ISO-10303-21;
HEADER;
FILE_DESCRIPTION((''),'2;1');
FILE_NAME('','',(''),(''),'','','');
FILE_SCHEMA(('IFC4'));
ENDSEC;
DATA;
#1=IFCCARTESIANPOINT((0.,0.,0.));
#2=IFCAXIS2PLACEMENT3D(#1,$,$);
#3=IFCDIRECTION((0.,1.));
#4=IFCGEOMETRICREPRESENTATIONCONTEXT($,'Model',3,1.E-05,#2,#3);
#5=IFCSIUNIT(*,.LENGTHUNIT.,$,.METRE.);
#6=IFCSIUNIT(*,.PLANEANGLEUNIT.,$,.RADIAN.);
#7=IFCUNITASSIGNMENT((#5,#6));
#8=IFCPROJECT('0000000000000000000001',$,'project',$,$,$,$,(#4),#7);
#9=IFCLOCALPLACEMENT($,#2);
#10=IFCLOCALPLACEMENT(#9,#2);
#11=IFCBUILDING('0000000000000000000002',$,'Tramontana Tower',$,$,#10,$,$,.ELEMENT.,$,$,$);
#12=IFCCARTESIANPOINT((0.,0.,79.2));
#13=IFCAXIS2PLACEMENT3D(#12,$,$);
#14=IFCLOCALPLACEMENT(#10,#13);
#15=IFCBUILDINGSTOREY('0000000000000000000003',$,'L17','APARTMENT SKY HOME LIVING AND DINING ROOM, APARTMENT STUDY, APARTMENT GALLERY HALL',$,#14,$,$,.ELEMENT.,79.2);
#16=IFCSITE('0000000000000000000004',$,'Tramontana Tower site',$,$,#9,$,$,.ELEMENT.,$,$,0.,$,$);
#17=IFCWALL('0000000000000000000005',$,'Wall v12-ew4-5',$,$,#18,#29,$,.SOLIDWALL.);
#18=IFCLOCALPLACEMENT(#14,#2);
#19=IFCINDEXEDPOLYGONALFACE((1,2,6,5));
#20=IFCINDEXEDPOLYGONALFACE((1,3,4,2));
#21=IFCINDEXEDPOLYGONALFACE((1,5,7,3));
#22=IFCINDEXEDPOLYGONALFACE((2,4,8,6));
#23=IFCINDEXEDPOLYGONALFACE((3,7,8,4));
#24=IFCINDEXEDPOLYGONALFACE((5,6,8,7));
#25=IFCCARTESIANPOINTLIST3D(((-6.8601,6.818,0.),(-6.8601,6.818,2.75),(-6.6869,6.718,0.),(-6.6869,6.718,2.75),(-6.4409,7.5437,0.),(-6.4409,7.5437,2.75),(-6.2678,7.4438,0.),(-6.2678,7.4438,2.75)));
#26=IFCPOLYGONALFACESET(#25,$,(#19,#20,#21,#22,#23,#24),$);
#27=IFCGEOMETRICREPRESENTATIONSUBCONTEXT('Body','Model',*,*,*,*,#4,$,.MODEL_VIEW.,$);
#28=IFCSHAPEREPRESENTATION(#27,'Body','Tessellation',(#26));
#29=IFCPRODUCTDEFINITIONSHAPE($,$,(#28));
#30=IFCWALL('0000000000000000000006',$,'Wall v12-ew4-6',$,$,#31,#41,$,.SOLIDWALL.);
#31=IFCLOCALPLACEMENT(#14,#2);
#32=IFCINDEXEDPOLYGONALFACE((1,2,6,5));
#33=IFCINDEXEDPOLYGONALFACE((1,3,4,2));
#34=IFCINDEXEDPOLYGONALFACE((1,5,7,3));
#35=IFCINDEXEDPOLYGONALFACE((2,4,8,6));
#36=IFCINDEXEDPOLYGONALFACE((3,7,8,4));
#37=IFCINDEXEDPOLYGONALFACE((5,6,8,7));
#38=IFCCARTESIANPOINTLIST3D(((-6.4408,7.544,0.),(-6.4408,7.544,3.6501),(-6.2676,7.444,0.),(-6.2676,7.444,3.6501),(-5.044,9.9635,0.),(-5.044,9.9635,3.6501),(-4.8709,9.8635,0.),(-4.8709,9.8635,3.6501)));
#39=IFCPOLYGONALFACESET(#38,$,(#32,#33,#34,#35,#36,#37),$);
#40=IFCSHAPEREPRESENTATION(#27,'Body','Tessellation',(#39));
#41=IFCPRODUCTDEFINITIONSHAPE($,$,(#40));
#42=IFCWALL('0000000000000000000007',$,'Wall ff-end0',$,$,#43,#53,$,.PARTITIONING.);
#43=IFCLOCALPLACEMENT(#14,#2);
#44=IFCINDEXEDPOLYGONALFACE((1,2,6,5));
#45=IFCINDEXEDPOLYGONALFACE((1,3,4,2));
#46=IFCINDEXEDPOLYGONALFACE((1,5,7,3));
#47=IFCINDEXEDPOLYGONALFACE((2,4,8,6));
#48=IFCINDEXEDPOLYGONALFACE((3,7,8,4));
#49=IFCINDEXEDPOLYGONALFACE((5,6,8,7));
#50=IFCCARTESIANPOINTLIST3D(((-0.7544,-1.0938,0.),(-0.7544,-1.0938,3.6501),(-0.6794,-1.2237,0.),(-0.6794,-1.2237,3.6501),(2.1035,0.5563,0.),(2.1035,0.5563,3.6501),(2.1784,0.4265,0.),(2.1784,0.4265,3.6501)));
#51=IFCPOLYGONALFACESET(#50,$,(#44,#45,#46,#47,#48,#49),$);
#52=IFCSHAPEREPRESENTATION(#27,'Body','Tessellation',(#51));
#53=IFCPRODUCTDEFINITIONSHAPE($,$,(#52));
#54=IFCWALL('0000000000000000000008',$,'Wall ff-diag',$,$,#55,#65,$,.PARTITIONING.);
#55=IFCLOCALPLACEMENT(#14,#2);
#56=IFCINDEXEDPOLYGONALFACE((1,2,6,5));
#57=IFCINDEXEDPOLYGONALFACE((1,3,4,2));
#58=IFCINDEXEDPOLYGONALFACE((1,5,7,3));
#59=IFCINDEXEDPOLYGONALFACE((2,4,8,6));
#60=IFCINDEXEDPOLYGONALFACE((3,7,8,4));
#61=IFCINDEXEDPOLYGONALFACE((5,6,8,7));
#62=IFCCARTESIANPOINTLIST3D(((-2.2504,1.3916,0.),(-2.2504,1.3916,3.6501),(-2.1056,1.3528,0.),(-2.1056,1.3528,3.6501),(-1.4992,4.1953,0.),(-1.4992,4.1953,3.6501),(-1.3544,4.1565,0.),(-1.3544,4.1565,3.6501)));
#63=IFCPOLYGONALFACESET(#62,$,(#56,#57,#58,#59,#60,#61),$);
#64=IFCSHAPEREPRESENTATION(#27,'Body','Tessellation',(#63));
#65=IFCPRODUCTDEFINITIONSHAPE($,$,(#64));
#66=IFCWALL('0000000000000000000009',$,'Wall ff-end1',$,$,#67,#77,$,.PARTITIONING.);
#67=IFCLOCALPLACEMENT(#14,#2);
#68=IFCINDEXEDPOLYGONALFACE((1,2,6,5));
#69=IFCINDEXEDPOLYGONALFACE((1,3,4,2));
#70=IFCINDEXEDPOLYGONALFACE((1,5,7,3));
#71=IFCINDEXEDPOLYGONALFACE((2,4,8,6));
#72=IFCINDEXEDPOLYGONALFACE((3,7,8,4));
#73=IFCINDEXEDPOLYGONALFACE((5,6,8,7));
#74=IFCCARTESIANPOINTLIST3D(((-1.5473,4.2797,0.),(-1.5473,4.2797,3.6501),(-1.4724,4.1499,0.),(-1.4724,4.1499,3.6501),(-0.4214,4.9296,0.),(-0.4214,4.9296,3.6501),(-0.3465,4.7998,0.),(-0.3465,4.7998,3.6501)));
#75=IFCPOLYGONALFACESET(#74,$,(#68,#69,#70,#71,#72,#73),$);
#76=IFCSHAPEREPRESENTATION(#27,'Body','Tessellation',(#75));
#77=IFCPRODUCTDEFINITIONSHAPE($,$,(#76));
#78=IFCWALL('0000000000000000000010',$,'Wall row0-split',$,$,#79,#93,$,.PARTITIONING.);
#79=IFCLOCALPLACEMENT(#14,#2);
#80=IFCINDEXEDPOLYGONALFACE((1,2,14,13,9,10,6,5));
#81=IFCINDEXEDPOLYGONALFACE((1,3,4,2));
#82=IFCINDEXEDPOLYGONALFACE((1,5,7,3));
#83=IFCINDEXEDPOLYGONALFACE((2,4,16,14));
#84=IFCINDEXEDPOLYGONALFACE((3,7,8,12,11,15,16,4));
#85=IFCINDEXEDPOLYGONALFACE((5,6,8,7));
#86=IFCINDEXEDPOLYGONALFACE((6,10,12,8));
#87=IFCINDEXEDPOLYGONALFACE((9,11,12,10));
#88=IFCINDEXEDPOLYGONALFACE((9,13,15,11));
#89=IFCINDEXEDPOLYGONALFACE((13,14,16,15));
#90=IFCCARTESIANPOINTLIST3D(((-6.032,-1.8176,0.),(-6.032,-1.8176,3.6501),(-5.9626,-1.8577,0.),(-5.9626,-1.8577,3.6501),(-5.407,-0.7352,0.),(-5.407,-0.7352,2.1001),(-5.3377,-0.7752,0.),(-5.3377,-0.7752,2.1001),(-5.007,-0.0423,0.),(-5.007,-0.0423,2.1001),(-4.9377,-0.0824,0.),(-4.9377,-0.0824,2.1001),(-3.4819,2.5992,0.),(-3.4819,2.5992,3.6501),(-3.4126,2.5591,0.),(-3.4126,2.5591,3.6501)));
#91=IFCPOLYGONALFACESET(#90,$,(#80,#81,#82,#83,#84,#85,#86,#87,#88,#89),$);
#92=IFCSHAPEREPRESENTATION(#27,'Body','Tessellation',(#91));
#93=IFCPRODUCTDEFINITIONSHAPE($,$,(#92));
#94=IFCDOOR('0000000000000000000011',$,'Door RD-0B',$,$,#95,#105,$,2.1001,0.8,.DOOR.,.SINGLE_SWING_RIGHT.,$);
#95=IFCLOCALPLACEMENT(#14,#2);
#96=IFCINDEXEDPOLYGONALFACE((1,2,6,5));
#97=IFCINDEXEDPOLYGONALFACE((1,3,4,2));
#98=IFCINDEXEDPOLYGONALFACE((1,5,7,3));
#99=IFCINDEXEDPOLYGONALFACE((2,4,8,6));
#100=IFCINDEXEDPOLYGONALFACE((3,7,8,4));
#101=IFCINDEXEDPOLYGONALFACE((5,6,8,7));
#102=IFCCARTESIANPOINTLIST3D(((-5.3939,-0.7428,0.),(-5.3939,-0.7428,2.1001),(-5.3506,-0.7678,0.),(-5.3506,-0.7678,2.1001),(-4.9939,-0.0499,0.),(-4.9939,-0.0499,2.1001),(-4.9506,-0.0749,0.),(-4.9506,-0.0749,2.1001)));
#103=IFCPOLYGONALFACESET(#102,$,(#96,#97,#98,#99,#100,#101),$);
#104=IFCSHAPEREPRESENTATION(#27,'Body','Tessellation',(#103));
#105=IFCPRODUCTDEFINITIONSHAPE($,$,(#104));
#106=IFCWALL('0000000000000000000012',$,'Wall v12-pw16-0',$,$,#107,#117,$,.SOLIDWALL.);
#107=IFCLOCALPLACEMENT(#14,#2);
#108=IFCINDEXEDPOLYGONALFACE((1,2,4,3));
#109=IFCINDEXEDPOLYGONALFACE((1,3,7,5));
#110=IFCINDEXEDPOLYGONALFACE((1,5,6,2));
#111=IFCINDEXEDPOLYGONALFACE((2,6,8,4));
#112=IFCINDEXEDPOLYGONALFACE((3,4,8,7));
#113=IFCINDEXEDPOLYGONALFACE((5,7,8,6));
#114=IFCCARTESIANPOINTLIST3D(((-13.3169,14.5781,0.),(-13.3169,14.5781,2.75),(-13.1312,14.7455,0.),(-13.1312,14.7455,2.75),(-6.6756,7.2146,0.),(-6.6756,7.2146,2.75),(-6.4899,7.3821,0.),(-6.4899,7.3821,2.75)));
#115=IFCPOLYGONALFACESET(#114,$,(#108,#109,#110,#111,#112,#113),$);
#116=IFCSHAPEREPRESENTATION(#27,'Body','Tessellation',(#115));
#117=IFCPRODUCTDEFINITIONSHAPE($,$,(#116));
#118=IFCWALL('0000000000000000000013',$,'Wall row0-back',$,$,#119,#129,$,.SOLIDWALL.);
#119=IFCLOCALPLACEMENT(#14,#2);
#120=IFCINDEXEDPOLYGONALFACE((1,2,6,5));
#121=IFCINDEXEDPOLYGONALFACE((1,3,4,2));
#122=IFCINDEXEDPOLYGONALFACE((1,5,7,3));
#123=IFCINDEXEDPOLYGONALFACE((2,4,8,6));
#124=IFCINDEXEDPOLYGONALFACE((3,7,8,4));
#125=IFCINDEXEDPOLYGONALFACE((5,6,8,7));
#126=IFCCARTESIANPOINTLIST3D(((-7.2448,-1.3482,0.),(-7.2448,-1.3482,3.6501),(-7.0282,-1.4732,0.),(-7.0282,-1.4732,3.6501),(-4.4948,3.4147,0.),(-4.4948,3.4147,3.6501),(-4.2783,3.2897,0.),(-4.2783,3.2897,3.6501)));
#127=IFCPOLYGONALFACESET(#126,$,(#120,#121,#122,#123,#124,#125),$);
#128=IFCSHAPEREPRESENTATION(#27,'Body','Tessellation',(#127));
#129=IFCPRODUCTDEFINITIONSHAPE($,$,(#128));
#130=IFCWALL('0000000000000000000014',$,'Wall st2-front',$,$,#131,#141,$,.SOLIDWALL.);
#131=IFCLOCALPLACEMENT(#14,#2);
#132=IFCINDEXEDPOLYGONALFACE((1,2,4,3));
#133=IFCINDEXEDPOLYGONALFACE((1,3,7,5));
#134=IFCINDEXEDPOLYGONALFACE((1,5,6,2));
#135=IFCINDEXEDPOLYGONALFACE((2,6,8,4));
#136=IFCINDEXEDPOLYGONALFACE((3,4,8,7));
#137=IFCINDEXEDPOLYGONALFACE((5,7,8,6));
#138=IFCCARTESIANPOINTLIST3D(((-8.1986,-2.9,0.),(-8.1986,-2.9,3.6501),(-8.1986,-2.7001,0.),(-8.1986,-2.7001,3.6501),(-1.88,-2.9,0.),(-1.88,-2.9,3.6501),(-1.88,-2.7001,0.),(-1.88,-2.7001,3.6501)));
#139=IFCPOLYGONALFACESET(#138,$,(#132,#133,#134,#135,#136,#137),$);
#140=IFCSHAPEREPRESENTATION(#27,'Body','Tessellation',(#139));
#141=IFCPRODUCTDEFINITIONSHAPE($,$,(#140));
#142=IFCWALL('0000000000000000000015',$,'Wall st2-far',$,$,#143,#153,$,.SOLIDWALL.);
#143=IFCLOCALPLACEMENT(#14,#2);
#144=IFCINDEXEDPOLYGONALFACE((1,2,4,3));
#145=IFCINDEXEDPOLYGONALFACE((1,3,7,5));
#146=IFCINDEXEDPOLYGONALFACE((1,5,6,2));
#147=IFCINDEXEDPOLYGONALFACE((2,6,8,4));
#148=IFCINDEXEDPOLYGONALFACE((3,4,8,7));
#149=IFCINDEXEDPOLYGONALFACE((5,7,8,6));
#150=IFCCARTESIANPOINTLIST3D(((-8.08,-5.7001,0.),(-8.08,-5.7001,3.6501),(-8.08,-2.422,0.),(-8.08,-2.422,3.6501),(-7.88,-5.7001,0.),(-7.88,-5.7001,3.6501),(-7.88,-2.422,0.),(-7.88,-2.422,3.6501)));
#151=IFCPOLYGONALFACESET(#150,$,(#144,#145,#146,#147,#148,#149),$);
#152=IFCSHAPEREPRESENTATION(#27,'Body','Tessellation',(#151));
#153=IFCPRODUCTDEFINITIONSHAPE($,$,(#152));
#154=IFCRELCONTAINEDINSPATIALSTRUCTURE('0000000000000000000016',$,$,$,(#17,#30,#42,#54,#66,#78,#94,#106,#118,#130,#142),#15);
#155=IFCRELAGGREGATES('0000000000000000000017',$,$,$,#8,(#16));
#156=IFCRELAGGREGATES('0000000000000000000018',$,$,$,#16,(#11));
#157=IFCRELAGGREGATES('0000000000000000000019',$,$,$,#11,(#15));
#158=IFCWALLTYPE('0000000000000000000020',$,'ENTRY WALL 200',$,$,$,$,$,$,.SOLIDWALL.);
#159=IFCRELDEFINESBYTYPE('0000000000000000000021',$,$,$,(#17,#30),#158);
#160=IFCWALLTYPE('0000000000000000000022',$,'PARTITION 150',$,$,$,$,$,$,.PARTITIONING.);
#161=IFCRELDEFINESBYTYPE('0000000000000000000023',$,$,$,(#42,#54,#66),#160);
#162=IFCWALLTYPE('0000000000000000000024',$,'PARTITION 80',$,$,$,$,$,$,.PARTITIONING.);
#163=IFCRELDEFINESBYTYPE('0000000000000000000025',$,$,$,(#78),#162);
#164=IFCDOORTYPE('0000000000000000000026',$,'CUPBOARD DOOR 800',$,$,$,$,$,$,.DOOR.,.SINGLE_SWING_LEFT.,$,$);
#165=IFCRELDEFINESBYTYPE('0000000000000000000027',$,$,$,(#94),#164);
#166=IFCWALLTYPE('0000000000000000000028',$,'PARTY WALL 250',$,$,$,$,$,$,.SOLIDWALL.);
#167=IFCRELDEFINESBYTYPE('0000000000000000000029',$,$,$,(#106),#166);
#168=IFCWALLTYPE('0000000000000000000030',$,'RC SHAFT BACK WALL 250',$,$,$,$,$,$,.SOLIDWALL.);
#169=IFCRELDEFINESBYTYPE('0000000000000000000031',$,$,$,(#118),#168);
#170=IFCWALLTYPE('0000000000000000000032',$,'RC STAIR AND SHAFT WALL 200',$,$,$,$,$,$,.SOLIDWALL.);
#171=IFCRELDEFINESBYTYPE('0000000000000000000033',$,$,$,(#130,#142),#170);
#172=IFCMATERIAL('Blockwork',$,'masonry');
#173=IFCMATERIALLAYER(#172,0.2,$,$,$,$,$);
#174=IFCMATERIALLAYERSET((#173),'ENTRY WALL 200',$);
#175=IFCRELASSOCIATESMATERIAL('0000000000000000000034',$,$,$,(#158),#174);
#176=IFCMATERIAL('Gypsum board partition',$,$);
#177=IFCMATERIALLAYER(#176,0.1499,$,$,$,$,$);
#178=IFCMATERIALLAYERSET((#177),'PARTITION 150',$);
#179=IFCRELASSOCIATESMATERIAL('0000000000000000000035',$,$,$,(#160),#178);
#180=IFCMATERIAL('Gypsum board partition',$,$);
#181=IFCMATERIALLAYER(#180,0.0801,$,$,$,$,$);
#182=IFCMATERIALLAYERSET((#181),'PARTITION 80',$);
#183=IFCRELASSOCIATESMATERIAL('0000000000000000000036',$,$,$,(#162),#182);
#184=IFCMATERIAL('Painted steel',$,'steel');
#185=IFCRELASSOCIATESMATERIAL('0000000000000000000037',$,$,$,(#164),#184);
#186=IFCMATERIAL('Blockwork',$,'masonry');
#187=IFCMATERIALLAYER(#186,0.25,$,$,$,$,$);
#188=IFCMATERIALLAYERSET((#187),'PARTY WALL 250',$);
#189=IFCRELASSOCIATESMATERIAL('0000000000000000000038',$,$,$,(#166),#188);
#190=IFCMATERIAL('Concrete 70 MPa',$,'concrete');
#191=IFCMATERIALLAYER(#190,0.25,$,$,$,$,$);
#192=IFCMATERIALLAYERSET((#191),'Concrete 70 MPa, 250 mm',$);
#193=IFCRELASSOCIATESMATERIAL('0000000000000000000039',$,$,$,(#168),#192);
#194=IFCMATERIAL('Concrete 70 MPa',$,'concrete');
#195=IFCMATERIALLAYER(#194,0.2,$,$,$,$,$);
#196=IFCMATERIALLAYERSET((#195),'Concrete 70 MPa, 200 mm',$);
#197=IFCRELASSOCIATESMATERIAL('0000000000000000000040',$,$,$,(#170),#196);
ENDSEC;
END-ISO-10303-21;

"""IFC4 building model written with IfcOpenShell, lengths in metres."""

from ifc_helpers import new_model, si_unit, direction, frame, frame_2d, origin, place, context, subcontext, project, spatial, rectangle, extrude, material, layer, layer_set, type_object, element, fill, save


model = new_model("IFC4")

# Units and contexts
model_context = context("Model", 3, precision=1e-05, world=origin(), true_north=direction((0.0, 1.0)))
body_context = subcontext(model_context, "Body", "Model", "MODEL_VIEW")
ifc_project = project(units=[si_unit("LENGTHUNIT", "METRE"), si_unit("PLANEANGLEUNIT", "RADIAN")], contexts=[model_context])

# Site, building, storey
site_placement = place(None, origin())
site = spatial("IfcSite", under=ifc_project, at=site_placement, Name="Tramontana Tower site", CompositionType="ELEMENT", RefElevation=0.0)
building_placement = place(site_placement, origin())
building = spatial("IfcBuilding", under=site, at=building_placement, Name="Tramontana Tower", CompositionType="ELEMENT")
storey_placement = place(building_placement, frame((0.0, 0.0, 79.2)))
storey = spatial("IfcBuildingStorey", under=building, at=storey_placement, Name="L17", Description="APARTMENT SKY HOME LIVING AND DINING ROOM, APARTMENT STUDY, APARTMENT GALLERY HALL", CompositionType="ELEMENT", Elevation=79.2)

# Walls
ifc_material_1 = material(Name="Blockwork", Category="masonry")
ifc_layer_1 = layer(ifc_material_1, 0.2)
ifc_layer_set_1 = layer_set([ifc_layer_1], Name="ENTRY WALL 200")
wall_type_1 = type_object("IfcWallType", Name="ENTRY WALL 200", PredefinedType="SOLIDWALL", material=ifc_layer_set_1)
wall_1_placement = place(storey_placement, frame((-6.7734, 6.7681, 0.0), z_axis=(0.0, 0.0, 1.0), x_axis=(0.500117, 0.865958, 0.0)))
element("IfcWall", 1, at=wall_1_placement, inside=storey, type_object=wall_type_1, Name="Wall v12-ew4-5", PredefinedType="SOLIDWALL", context=body_context, shape_type="SweptSolid", body=[
    extrude(rectangle(XDim=0.8381, YDim=0.2, at=frame_2d((0.4189, 0.0))), origin(), (0.0, 0.0, 1.0), 2.75),
])
wall_2_placement = place(storey_placement, frame((-6.3542, 7.4939, 0.0), z_axis=(0.0, 0.0, 1.0), x_axis=(0.499965, 0.866046, 0.0)))
element("IfcWall", 2, at=wall_2_placement, inside=storey, type_object=wall_type_1, Name="Wall v12-ew4-6", PredefinedType="SOLIDWALL", context=body_context, shape_type="SweptSolid", body=[
    extrude(rectangle(XDim=2.7937, YDim=0.2, at=frame_2d((1.397, 0.0))), origin(), (0.0, 0.0, 1.0), 3.6501),
])

# Shared definitions
ifc_material_2 = material(Name="Gypsum board partition")
ifc_layer_2 = layer(ifc_material_2, 0.1499)
ifc_layer_set_2 = layer_set([ifc_layer_2], Name="PARTITION 150")
wall_type_2 = type_object("IfcWallType", Name="PARTITION 150", PredefinedType="PARTITIONING", material=ifc_layer_set_2)

# Walls
wall_3_placement = place(storey_placement, frame((-0.7168, -1.1587, 0.0), z_axis=(0.0, 0.0, 1.0), x_axis=(0.866008, 0.50003, 0.0)))
element("IfcWall", 3, at=wall_3_placement, inside=storey, type_object=wall_type_2, Name="Wall ff-end0", PredefinedType="PARTITIONING", context=body_context, shape_type="SweptSolid", body=[
    extrude(rectangle(XDim=3.3, YDim=0.1499, at=frame_2d((1.6499, 0.0))), origin(), (0.0, 0.0, 1.0), 3.6501),
])
wall_4_placement = place(storey_placement, frame((-2.178, 1.3723, 0.0), z_axis=(0.0, 0.0, 1.0), x_axis=(0.258809, 0.965929, 0.0)))
element("IfcWall", 4, at=wall_4_placement, inside=storey, type_object=wall_type_2, Name="Wall ff-diag", PredefinedType="PARTITIONING", context=body_context, shape_type="SweptSolid", body=[
    extrude(rectangle(XDim=2.9026, YDim=0.1499, at=frame_2d((1.4512, 0.0))), origin(), (0.0, 0.0, 1.0), 3.6501),
])
wall_5_placement = place(storey_placement, frame((-1.5098, 4.2148, 0.0), z_axis=(0.0, 0.0, 1.0), x_axis=(0.866086, 0.499896, 0.0)))
element("IfcWall", 5, at=wall_5_placement, inside=storey, type_object=wall_type_2, Name="Wall ff-end1", PredefinedType="PARTITIONING", context=body_context, shape_type="SweptSolid", body=[
    extrude(rectangle(XDim=1.3, YDim=0.1499, at=frame_2d((0.6499, 0.0))), origin(), (0.0, 0.0, 1.0), 3.6501),
])

# Wall, opening, door
ifc_material_3 = material(Name="Gypsum board partition")
ifc_layer_3 = layer(ifc_material_3, 0.0801)
ifc_layer_set_3 = layer_set([ifc_layer_3], Name="PARTITION 80")
wall_type_3 = type_object("IfcWallType", Name="PARTITION 80", PredefinedType="PARTITIONING", material=ifc_layer_set_3)
wall_6_placement = place(storey_placement, frame((-5.9973, -1.8376, 0.0), z_axis=(0.0, 0.0, 1.0), x_axis=(0.500006, 0.866022, 0.0)))
wall_6 = element("IfcWall", 6, at=wall_6_placement, inside=storey, type_object=wall_type_3, Name="Wall row0-split", PredefinedType="PARTITIONING", context=body_context, shape_type="SweptSolid", body=[
    extrude(rectangle(XDim=5.1001, YDim=0.0801, at=frame_2d((2.55, 0.0))), origin(), (0.0, 0.0, 1.0), 3.6501),
])
opening_1_placement = place(wall_6_placement, frame((1.25, 0.0, 0.0)))
opening_1 = element("IfcOpeningElement", 7, at=opening_1_placement, cuts=wall_6, PredefinedType="OPENING", context=body_context, shape_type="SweptSolid", body=[
    extrude(rectangle(XDim=0.8, YDim=2.1001, at=frame_2d((0.3999, 1.05))), frame((0.0, 0.05, 0.0), z_axis=(0.0, -1.0, 0.0), x_axis=(1.0, 0.0, 0.0)), (0.0, 0.0, 1.0), 0.1001),
])
ifc_material_4 = material(Name="Painted steel", Category="steel")
door_type_1 = type_object("IfcDoorType", Name="CUPBOARD DOOR 800", OperationType="SINGLE_SWING_LEFT", PredefinedType="DOOR", material=ifc_material_4)
door_1_placement = place(opening_1_placement, origin())
door_1 = element("IfcDoor", 8, at=door_1_placement, inside=storey, type_object=door_type_1, Name="Door RD-0B", OperationType="SINGLE_SWING_RIGHT", OverallHeight=2.1001, OverallWidth=0.8, PredefinedType="DOOR", context=body_context, shape_type="SweptSolid", body=[
    extrude(rectangle(XDim=0.8, YDim=2.1001, at=frame_2d((0.3999, 1.05))), frame((0.0, 0.0249, 0.0), z_axis=(0.0, -1.0, 0.0), x_axis=(1.0, 0.0, 0.0)), (0.0, 0.0, 1.0), 0.05),
])
fill(opening_1, door_1)

# Walls
ifc_material_5 = material(Name="Blockwork", Category="masonry")
ifc_layer_4 = layer(ifc_material_5, 0.25)
ifc_layer_set_4 = layer_set([ifc_layer_4], Name="PARTY WALL 250")
wall_type_4 = type_object("IfcWallType", Name="PARTY WALL 250", PredefinedType="SOLIDWALL", material=ifc_layer_set_4)
wall_7_placement = place(storey_placement, frame((-6.5828, 7.2983, 0.0), z_axis=(0.0, 0.0, 1.0), x_axis=(-0.669755, 0.742582, 0.0)))
element("IfcWall", 9, at=wall_7_placement, inside=storey, type_object=wall_type_4, Name="Wall v12-pw16-0", PredefinedType="SOLIDWALL", context=body_context, shape_type="SweptSolid", body=[
    extrude(rectangle(XDim=9.916, YDim=0.25, at=frame_2d((4.958, 0.0))), origin(), (0.0, 0.0, 1.0), 2.75),
])
ifc_material_6 = material(Name="Concrete 70 MPa", Category="concrete")
ifc_layer_5 = layer(ifc_material_6, 0.25)
ifc_layer_set_5 = layer_set([ifc_layer_5], Name="Concrete 70 MPa, 250 mm")
wall_type_5 = type_object("IfcWallType", Name="RC SHAFT BACK WALL 250", PredefinedType="SOLIDWALL", material=ifc_layer_set_5)
wall_8_placement = place(storey_placement, frame((-4.3865, 3.3523, 0.0), z_axis=(0.0, 0.0, 1.0), x_axis=(-0.500016, -0.866016, 0.0)))
element("IfcWall", 10, at=wall_8_placement, inside=storey, type_object=wall_type_5, Name="Wall row0-back", PredefinedType="SOLIDWALL", context=body_context, shape_type="SweptSolid", body=[
    extrude(rectangle(XDim=5.4998, YDim=0.25, at=frame_2d((2.75, 0.0))), origin(), (0.0, 0.0, 1.0), 3.6501),
])

# Shared definitions
ifc_material_7 = material(Name="Concrete 70 MPa", Category="concrete")
ifc_layer_6 = layer(ifc_material_7, 0.2)
ifc_layer_set_6 = layer_set([ifc_layer_6], Name="Concrete 70 MPa, 200 mm")
wall_type_6 = type_object("IfcWallType", Name="RC STAIR AND SHAFT WALL 200", PredefinedType="SOLIDWALL", material=ifc_layer_set_6)

# Walls
wall_9_placement = place(storey_placement, frame((-8.1985, -2.8, 0.0), z_axis=(0.0, 0.0, 1.0), x_axis=(1.0, 0.0, 0.0)))
element("IfcWall", 11, at=wall_9_placement, inside=storey, type_object=wall_type_6, Name="Wall st2-front", PredefinedType="SOLIDWALL", context=body_context, shape_type="SweptSolid", body=[
    extrude(rectangle(XDim=6.3186, YDim=0.2, at=frame_2d((3.1592, 0.0))), origin(), (0.0, 0.0, 1.0), 3.6501),
])
wall_10_placement = place(storey_placement, frame((-7.98, -2.4219, 0.0), z_axis=(0.0, 0.0, 1.0), x_axis=(0.0, -1.0, 0.0)))
element("IfcWall", 12, at=wall_10_placement, inside=storey, type_object=wall_type_6, Name="Wall st2-far", PredefinedType="SOLIDWALL", context=body_context, shape_type="SweptSolid", body=[
    extrude(rectangle(XDim=3.2781, YDim=0.2, at=frame_2d((1.6392, 0.0))), origin(), (0.0, 0.0, 1.0), 3.6501),
])

save(model, "model.ifc")
